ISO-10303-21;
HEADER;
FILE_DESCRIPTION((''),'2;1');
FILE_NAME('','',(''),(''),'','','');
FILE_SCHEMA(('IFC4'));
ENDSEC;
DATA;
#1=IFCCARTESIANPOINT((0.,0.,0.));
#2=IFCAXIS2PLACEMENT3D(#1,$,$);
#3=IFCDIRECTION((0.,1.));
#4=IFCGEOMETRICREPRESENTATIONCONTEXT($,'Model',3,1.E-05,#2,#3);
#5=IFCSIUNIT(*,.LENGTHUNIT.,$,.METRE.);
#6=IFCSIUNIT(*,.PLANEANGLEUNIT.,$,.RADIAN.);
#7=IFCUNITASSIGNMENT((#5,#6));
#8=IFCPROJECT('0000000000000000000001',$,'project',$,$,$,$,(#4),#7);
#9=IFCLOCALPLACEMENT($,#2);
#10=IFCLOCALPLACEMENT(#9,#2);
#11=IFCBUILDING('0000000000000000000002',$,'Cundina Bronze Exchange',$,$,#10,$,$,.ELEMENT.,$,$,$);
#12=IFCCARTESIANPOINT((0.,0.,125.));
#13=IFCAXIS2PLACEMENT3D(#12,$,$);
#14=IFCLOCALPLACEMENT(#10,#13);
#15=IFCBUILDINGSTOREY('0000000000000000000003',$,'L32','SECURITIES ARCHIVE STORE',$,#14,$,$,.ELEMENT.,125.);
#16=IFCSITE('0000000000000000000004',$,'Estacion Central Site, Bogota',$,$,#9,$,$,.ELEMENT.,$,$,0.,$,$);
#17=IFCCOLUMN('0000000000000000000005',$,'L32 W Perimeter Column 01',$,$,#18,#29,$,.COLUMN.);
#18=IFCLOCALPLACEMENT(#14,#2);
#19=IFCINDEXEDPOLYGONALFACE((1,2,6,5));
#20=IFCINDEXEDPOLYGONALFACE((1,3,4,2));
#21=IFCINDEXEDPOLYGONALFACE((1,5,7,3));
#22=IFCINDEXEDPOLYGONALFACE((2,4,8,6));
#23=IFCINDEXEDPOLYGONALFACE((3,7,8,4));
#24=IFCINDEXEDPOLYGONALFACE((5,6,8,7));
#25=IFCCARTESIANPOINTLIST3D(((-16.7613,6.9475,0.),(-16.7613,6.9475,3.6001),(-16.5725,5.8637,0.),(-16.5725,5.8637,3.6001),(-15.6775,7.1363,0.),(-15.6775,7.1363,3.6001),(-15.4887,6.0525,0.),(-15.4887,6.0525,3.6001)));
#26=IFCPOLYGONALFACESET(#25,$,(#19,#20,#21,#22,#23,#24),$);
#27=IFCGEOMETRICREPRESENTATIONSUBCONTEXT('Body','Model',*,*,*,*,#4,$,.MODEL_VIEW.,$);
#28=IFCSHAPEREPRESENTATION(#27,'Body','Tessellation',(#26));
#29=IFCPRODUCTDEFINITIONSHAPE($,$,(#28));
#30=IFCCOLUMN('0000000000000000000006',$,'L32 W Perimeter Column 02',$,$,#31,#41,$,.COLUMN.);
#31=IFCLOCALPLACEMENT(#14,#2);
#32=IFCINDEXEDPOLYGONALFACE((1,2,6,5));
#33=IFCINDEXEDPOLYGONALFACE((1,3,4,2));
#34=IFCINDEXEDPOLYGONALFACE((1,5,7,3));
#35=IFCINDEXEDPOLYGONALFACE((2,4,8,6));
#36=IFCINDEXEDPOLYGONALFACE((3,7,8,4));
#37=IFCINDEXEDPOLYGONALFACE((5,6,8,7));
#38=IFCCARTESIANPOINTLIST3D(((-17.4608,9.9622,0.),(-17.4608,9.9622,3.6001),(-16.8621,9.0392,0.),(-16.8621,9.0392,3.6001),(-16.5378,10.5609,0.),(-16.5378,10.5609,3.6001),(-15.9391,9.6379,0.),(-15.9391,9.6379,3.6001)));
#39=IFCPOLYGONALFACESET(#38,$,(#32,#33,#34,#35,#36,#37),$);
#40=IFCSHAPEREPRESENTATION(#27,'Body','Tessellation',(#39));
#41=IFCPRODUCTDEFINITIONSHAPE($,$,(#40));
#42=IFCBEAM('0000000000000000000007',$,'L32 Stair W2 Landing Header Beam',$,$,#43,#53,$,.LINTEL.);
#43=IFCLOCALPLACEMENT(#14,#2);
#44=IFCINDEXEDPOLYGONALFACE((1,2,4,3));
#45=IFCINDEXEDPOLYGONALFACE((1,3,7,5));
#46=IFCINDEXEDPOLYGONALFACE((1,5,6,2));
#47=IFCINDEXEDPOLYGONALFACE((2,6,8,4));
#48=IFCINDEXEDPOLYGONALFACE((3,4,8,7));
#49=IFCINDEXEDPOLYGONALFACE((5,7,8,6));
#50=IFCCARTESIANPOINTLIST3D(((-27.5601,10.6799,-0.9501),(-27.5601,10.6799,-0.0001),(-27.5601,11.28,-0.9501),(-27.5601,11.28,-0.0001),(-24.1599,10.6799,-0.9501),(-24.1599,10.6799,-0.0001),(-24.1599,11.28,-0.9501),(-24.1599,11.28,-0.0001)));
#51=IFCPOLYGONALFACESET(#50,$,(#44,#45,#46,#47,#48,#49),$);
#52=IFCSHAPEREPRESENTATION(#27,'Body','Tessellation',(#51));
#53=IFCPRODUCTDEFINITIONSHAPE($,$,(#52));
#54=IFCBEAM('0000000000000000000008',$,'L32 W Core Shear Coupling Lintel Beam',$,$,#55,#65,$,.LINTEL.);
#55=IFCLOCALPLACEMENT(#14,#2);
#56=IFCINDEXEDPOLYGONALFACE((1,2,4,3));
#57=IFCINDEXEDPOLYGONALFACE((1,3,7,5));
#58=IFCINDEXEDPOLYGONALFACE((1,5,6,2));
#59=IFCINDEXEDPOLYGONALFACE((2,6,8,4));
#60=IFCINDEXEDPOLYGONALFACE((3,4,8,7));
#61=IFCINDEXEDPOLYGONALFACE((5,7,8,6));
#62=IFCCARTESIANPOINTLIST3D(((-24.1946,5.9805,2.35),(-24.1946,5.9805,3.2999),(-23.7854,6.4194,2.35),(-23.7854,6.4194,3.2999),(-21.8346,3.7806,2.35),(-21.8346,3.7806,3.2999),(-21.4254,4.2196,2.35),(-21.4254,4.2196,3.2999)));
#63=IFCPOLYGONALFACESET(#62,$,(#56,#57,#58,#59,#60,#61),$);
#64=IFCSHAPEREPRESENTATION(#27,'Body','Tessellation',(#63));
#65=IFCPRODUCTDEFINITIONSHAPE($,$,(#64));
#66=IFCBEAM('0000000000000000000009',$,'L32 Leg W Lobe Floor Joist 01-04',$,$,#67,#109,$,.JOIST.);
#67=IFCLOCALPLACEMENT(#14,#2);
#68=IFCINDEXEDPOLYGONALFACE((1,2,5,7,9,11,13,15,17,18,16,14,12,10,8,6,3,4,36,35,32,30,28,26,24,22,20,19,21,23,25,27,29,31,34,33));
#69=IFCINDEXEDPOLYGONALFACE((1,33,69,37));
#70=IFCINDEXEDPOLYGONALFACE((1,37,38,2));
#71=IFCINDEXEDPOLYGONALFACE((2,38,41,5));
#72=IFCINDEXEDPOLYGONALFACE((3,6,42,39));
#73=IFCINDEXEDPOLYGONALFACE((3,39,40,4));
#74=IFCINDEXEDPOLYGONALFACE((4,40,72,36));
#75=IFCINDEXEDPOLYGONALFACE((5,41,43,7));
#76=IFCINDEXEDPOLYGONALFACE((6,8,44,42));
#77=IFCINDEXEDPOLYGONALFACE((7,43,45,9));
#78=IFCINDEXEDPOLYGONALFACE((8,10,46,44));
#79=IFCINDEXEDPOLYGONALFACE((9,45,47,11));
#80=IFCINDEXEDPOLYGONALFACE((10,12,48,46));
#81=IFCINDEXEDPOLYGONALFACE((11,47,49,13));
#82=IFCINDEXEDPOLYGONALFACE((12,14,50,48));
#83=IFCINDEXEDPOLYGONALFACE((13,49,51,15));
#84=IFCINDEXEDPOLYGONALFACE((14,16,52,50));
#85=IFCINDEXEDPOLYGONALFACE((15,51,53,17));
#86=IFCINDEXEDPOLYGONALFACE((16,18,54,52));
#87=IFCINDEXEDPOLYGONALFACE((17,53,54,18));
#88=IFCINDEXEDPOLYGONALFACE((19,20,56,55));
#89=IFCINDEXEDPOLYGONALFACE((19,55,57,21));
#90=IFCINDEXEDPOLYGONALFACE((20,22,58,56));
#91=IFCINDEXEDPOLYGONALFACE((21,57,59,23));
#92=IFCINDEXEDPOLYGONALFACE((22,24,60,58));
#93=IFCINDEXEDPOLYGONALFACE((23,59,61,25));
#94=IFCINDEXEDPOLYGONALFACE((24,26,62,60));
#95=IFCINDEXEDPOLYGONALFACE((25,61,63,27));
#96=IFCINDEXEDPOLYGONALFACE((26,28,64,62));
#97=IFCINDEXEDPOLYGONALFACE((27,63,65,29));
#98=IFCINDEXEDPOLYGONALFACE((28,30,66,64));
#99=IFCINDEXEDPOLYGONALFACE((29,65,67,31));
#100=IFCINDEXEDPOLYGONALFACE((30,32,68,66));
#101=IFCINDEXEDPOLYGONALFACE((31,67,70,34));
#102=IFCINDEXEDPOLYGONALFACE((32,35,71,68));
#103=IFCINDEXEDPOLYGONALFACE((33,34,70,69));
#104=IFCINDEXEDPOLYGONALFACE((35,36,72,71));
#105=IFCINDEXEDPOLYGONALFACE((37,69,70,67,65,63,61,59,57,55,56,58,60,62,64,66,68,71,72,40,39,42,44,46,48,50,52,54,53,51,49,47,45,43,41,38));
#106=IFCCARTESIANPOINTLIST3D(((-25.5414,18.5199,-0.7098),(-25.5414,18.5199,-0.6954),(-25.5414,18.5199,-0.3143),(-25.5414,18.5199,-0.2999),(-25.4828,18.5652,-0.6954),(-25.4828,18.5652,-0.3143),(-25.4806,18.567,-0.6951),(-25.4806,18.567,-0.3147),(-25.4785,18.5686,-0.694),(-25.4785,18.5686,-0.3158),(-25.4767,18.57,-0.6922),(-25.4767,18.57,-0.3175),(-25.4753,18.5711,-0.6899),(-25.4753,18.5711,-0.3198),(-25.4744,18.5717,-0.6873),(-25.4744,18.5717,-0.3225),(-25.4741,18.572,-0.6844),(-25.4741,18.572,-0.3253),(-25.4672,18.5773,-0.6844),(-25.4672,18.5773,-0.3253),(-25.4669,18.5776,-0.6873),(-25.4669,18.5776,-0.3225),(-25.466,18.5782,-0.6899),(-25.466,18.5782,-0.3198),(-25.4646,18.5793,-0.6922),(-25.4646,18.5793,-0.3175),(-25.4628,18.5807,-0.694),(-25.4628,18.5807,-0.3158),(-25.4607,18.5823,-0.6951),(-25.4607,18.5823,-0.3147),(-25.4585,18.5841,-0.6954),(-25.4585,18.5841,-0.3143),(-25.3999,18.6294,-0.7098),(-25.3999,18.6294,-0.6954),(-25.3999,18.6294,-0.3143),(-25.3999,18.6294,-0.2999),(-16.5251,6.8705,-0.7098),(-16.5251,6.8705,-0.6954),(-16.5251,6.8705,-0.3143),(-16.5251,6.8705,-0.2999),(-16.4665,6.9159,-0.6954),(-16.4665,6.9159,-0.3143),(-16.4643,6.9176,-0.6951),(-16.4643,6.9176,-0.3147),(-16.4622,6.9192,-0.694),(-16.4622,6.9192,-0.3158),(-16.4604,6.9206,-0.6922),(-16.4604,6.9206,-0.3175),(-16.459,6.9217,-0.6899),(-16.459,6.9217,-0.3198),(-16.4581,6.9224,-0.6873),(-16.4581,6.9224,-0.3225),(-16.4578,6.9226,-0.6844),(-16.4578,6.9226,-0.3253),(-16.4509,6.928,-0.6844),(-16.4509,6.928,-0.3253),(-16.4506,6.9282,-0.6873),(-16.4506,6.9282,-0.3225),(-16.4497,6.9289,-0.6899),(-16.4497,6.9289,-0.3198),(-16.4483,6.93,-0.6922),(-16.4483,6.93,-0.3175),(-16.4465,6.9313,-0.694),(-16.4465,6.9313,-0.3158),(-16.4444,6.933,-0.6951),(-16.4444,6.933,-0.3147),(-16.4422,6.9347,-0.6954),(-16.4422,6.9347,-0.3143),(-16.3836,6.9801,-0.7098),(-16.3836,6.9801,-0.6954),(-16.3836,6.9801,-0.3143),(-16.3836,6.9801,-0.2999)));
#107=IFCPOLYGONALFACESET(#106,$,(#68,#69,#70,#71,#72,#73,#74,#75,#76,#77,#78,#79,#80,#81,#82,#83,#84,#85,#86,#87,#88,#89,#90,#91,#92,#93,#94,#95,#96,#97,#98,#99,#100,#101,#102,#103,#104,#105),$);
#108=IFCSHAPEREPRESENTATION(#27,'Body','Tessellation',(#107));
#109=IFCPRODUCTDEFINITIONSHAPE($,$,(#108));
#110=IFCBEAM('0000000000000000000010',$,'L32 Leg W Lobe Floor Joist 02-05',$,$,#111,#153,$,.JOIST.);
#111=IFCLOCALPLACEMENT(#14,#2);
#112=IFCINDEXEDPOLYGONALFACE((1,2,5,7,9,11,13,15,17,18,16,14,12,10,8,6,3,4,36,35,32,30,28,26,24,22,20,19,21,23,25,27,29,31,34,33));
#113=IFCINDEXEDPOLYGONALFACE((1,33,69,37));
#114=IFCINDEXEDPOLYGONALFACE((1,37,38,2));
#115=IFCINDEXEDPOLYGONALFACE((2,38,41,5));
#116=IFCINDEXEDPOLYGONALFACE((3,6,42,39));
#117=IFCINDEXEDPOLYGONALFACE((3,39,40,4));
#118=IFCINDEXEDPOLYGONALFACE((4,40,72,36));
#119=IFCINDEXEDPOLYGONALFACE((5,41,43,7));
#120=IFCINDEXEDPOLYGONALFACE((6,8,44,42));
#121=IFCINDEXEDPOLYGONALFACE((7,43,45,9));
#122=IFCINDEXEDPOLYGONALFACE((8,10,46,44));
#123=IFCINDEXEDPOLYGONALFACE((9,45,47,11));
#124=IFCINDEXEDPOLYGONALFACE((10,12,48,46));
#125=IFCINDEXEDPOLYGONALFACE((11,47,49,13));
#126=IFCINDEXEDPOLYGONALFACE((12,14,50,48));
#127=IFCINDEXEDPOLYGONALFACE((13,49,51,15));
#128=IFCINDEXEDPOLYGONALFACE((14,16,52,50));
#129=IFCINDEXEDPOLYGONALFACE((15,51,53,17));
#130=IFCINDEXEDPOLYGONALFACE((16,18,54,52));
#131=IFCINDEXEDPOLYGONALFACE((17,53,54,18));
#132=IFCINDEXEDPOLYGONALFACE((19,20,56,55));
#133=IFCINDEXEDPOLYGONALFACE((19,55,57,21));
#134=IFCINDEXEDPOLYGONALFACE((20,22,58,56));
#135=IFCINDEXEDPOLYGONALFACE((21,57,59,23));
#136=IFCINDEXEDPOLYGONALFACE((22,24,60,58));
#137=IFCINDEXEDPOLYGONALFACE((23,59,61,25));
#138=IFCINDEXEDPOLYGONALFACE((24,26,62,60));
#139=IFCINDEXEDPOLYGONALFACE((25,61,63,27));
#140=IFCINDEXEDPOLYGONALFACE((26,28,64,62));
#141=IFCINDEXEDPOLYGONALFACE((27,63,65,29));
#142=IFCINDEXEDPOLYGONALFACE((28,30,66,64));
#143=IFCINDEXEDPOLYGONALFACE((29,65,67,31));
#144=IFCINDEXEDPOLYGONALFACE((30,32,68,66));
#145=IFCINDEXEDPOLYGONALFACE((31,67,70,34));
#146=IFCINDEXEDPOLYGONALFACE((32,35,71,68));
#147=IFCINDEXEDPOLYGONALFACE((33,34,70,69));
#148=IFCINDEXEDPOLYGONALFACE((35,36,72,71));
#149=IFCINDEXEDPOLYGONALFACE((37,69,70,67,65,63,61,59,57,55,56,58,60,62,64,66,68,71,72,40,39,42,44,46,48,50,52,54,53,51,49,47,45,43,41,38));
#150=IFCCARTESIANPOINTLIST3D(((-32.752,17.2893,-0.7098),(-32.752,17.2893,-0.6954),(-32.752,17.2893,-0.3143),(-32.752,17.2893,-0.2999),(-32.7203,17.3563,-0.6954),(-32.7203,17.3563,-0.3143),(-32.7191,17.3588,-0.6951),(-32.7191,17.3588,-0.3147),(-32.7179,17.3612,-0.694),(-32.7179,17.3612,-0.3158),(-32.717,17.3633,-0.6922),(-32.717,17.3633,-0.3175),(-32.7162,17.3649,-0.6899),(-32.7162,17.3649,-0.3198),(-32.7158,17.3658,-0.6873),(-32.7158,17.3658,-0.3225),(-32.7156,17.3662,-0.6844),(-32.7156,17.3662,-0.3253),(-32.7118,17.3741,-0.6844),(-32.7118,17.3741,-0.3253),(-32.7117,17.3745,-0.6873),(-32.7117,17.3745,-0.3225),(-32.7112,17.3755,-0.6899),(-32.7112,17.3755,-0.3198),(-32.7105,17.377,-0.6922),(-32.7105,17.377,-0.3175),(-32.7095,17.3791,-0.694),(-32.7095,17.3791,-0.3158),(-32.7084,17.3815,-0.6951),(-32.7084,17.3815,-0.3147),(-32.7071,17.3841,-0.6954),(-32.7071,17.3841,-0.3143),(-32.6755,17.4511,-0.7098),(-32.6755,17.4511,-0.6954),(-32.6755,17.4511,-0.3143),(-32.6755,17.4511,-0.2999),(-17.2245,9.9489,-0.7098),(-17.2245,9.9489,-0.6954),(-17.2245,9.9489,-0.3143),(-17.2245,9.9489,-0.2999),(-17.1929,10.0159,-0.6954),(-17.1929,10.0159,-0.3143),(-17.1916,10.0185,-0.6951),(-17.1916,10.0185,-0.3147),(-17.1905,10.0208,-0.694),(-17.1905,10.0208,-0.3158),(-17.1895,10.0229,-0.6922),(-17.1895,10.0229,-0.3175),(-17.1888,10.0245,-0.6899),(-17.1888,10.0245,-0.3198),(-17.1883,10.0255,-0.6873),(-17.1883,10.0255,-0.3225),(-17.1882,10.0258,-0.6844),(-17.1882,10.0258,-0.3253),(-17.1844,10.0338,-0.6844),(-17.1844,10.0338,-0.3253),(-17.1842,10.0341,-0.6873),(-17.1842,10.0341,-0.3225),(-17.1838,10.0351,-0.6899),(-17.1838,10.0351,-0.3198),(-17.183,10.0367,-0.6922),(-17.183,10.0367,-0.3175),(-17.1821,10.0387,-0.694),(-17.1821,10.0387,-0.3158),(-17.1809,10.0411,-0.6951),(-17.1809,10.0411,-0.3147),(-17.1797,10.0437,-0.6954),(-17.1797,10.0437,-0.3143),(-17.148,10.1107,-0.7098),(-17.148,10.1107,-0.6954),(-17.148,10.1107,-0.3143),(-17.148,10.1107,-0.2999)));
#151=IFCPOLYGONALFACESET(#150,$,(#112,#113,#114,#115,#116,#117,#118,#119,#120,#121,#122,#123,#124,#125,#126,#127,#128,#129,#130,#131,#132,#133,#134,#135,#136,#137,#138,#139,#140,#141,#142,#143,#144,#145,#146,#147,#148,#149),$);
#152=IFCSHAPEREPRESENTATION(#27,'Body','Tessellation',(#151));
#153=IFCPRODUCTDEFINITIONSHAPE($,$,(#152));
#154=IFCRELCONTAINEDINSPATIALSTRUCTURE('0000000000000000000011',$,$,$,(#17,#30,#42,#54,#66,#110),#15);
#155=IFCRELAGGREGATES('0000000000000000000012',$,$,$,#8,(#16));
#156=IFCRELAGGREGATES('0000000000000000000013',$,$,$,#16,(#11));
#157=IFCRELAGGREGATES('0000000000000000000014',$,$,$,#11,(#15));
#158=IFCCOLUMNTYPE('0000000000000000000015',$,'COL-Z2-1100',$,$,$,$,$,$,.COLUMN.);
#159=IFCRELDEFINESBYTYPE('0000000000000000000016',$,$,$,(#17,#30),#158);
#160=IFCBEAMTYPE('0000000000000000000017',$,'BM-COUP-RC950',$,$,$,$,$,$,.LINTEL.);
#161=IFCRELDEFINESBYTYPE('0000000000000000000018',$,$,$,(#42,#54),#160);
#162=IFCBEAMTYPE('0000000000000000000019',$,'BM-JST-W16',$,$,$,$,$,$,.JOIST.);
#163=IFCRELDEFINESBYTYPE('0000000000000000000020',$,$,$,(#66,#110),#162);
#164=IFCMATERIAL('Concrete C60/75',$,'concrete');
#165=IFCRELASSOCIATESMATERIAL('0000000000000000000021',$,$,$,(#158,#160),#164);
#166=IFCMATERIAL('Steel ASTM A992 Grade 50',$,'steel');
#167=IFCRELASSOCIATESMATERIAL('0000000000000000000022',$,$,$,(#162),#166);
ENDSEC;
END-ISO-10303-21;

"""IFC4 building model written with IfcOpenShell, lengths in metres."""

from ifc_helpers import new_model, si_unit, direction, frame, origin, origin_2d, place, context, subcontext, project, spatial, rectangle, i_section, extrude, material, material_profile, profile_set, type_object, element, save


model = new_model("IFC4")

# Units and contexts
model_context = context("Model", 3, precision=1e-05, world=origin(), true_north=direction((0.0, 1.0)))
body_context = subcontext(model_context, "Body", "Model", "MODEL_VIEW")
ifc_project = project(units=[si_unit("LENGTHUNIT", "METRE"), si_unit("PLANEANGLEUNIT", "RADIAN")], contexts=[model_context])

# Site, building, storey
site_placement = place(None, origin())
site = spatial("IfcSite", under=ifc_project, at=site_placement, Name="Estacion Central Site, Bogota", CompositionType="ELEMENT", RefElevation=0.0)
building_placement = place(site_placement, origin())
building = spatial("IfcBuilding", under=site, at=building_placement, Name="Cundina Bronze Exchange", CompositionType="ELEMENT")
storey_placement = place(building_placement, frame((0.0, 0.0, 125.0)))
storey = spatial("IfcBuildingStorey", under=building, at=storey_placement, Name="L32", Description="SECURITIES ARCHIVE STORE", CompositionType="ELEMENT", Elevation=125.0)

# Columns
ifc_material_1 = material(Name="Concrete C60/75", Category="concrete")
ifc_material_profile_1 = material_profile(ifc_material_1, rectangle(XDim=1.1001, YDim=1.1001, at=origin_2d()), Name="RC1100X1100", Category="concrete")
ifc_profile_set_1 = profile_set([ifc_material_profile_1], Name="Concrete C60/75")
column_type = type_object("IfcColumnType", Name="COL-Z2-1100", PredefinedType="COLUMN", material=ifc_profile_set_1)
for number, where, z_axis, x_axis, name in (
    (1, (-16.125, 6.5, 0.0), (0.0, 0.0, 1.0), (-0.171585, 0.985169, 0.0), "L32 W Perimeter Column 01"),
    (2, (-16.7, 9.8, 0.0), (0.0, 0.0, 1.0), (-0.5442, 0.838956, 0.0), "L32 W Perimeter Column 02"),
):
    element("IfcColumn", number, at=place(storey_placement, frame(where, z_axis=z_axis, x_axis=x_axis)), inside=storey, type_object=column_type, Name=name, PredefinedType="COLUMN", context=body_context, shape_type="SweptSolid", body=[
        extrude(rectangle(XDim=1.1001, YDim=1.1001, at=origin_2d()), origin(), (0.0, 0.0, 1.0), 3.6001),
    ])

# Beams
ifc_material_profile_2 = material_profile(ifc_material_1, rectangle(XDim=0.6001, YDim=0.95, at=origin_2d()), Name="RC600X950", Category="concrete")
ifc_profile_set_2 = profile_set([ifc_material_profile_2], Name="Concrete C60/75")
beam_type_1 = type_object("IfcBeamType", Name="BM-COUP-RC950", PredefinedType="LINTEL", material=ifc_profile_set_2)
beam_1_placement = place(storey_placement, frame((-27.5601, 10.98, -0.4751), z_axis=(1.0, 0.0, 0.0), x_axis=(0.0, 1.0, 0.0)))
element("IfcBeam", 3, at=beam_1_placement, inside=storey, type_object=beam_type_1, Name="L32 Stair W2 Landing Header Beam", PredefinedType="LINTEL", context=body_context, shape_type="SweptSolid", body=[
    extrude(rectangle(XDim=0.6001, YDim=0.95, at=origin_2d()), origin(), (0.0, 0.0, 1.0), 3.4001),
])
beam_2_placement = place(storey_placement, frame((-23.99, 6.2, 2.825), z_axis=(0.73149, -0.681852, 0.0), x_axis=(0.681852, 0.73149, 0.0)))
element("IfcBeam", 4, at=beam_2_placement, inside=storey, type_object=beam_type_1, Name="L32 W Core Shear Coupling Lintel Beam", PredefinedType="LINTEL", context=body_context, shape_type="SweptSolid", body=[
    extrude(rectangle(XDim=0.6001, YDim=0.95, at=origin_2d()), origin(), (0.0, 0.0, 1.0), 3.2263),
])
ifc_material_2 = material(Name="Steel ASTM A992 Grade 50", Category="steel")
ifc_material_profile_3 = material_profile(ifc_material_2, i_section(OverallWidth=0.179, OverallDepth=0.4099, WebThickness=0.0088, FlangeThickness=0.0144, FilletRadius=0.011, at=origin_2d()), Name="W16X45", Category="steel")
ifc_profile_set_3 = profile_set([ifc_material_profile_3], Name="Steel ASTM A992 Grade 50")
beam_type_2 = type_object("IfcBeamType", Name="BM-JST-W16", PredefinedType="JOIST", material=ifc_profile_set_3)
beam_3_placement = place(storey_placement, frame((-16.4543, 6.9253, -0.5049), z_axis=(-0.612065, 0.790807, 0.0), x_axis=(-0.790807, -0.612065, 0.0)))
element("IfcBeam", 5, at=beam_3_placement, inside=storey, type_object=beam_type_2, Name="L32 Leg W Lobe Floor Joist 01-04", PredefinedType="JOIST", context=body_context, shape_type="SweptSolid", body=[
    extrude(i_section(OverallWidth=0.179, OverallDepth=0.4099, WebThickness=0.0088, FlangeThickness=0.0144, FilletRadius=0.011, at=origin_2d()), origin(), (0.0, 0.0, 1.0), 14.731),
])
beam_4_placement = place(storey_placement, frame((-17.1863, 10.0298, -0.5049), z_axis=(-0.904069, 0.427386, 0.0), x_axis=(-0.427386, -0.904069, 0.0)))
element("IfcBeam", 6, at=beam_4_placement, inside=storey, type_object=beam_type_2, Name="L32 Leg W Lobe Floor Joist 02-05", PredefinedType="JOIST", context=body_context, shape_type="SweptSolid", body=[
    extrude(i_section(OverallWidth=0.179, OverallDepth=0.4099, WebThickness=0.0088, FlangeThickness=0.0144, FilletRadius=0.011, at=origin_2d()), origin(), (0.0, 0.0, 1.0), 17.175),
])

save(model, "model.ifc")
